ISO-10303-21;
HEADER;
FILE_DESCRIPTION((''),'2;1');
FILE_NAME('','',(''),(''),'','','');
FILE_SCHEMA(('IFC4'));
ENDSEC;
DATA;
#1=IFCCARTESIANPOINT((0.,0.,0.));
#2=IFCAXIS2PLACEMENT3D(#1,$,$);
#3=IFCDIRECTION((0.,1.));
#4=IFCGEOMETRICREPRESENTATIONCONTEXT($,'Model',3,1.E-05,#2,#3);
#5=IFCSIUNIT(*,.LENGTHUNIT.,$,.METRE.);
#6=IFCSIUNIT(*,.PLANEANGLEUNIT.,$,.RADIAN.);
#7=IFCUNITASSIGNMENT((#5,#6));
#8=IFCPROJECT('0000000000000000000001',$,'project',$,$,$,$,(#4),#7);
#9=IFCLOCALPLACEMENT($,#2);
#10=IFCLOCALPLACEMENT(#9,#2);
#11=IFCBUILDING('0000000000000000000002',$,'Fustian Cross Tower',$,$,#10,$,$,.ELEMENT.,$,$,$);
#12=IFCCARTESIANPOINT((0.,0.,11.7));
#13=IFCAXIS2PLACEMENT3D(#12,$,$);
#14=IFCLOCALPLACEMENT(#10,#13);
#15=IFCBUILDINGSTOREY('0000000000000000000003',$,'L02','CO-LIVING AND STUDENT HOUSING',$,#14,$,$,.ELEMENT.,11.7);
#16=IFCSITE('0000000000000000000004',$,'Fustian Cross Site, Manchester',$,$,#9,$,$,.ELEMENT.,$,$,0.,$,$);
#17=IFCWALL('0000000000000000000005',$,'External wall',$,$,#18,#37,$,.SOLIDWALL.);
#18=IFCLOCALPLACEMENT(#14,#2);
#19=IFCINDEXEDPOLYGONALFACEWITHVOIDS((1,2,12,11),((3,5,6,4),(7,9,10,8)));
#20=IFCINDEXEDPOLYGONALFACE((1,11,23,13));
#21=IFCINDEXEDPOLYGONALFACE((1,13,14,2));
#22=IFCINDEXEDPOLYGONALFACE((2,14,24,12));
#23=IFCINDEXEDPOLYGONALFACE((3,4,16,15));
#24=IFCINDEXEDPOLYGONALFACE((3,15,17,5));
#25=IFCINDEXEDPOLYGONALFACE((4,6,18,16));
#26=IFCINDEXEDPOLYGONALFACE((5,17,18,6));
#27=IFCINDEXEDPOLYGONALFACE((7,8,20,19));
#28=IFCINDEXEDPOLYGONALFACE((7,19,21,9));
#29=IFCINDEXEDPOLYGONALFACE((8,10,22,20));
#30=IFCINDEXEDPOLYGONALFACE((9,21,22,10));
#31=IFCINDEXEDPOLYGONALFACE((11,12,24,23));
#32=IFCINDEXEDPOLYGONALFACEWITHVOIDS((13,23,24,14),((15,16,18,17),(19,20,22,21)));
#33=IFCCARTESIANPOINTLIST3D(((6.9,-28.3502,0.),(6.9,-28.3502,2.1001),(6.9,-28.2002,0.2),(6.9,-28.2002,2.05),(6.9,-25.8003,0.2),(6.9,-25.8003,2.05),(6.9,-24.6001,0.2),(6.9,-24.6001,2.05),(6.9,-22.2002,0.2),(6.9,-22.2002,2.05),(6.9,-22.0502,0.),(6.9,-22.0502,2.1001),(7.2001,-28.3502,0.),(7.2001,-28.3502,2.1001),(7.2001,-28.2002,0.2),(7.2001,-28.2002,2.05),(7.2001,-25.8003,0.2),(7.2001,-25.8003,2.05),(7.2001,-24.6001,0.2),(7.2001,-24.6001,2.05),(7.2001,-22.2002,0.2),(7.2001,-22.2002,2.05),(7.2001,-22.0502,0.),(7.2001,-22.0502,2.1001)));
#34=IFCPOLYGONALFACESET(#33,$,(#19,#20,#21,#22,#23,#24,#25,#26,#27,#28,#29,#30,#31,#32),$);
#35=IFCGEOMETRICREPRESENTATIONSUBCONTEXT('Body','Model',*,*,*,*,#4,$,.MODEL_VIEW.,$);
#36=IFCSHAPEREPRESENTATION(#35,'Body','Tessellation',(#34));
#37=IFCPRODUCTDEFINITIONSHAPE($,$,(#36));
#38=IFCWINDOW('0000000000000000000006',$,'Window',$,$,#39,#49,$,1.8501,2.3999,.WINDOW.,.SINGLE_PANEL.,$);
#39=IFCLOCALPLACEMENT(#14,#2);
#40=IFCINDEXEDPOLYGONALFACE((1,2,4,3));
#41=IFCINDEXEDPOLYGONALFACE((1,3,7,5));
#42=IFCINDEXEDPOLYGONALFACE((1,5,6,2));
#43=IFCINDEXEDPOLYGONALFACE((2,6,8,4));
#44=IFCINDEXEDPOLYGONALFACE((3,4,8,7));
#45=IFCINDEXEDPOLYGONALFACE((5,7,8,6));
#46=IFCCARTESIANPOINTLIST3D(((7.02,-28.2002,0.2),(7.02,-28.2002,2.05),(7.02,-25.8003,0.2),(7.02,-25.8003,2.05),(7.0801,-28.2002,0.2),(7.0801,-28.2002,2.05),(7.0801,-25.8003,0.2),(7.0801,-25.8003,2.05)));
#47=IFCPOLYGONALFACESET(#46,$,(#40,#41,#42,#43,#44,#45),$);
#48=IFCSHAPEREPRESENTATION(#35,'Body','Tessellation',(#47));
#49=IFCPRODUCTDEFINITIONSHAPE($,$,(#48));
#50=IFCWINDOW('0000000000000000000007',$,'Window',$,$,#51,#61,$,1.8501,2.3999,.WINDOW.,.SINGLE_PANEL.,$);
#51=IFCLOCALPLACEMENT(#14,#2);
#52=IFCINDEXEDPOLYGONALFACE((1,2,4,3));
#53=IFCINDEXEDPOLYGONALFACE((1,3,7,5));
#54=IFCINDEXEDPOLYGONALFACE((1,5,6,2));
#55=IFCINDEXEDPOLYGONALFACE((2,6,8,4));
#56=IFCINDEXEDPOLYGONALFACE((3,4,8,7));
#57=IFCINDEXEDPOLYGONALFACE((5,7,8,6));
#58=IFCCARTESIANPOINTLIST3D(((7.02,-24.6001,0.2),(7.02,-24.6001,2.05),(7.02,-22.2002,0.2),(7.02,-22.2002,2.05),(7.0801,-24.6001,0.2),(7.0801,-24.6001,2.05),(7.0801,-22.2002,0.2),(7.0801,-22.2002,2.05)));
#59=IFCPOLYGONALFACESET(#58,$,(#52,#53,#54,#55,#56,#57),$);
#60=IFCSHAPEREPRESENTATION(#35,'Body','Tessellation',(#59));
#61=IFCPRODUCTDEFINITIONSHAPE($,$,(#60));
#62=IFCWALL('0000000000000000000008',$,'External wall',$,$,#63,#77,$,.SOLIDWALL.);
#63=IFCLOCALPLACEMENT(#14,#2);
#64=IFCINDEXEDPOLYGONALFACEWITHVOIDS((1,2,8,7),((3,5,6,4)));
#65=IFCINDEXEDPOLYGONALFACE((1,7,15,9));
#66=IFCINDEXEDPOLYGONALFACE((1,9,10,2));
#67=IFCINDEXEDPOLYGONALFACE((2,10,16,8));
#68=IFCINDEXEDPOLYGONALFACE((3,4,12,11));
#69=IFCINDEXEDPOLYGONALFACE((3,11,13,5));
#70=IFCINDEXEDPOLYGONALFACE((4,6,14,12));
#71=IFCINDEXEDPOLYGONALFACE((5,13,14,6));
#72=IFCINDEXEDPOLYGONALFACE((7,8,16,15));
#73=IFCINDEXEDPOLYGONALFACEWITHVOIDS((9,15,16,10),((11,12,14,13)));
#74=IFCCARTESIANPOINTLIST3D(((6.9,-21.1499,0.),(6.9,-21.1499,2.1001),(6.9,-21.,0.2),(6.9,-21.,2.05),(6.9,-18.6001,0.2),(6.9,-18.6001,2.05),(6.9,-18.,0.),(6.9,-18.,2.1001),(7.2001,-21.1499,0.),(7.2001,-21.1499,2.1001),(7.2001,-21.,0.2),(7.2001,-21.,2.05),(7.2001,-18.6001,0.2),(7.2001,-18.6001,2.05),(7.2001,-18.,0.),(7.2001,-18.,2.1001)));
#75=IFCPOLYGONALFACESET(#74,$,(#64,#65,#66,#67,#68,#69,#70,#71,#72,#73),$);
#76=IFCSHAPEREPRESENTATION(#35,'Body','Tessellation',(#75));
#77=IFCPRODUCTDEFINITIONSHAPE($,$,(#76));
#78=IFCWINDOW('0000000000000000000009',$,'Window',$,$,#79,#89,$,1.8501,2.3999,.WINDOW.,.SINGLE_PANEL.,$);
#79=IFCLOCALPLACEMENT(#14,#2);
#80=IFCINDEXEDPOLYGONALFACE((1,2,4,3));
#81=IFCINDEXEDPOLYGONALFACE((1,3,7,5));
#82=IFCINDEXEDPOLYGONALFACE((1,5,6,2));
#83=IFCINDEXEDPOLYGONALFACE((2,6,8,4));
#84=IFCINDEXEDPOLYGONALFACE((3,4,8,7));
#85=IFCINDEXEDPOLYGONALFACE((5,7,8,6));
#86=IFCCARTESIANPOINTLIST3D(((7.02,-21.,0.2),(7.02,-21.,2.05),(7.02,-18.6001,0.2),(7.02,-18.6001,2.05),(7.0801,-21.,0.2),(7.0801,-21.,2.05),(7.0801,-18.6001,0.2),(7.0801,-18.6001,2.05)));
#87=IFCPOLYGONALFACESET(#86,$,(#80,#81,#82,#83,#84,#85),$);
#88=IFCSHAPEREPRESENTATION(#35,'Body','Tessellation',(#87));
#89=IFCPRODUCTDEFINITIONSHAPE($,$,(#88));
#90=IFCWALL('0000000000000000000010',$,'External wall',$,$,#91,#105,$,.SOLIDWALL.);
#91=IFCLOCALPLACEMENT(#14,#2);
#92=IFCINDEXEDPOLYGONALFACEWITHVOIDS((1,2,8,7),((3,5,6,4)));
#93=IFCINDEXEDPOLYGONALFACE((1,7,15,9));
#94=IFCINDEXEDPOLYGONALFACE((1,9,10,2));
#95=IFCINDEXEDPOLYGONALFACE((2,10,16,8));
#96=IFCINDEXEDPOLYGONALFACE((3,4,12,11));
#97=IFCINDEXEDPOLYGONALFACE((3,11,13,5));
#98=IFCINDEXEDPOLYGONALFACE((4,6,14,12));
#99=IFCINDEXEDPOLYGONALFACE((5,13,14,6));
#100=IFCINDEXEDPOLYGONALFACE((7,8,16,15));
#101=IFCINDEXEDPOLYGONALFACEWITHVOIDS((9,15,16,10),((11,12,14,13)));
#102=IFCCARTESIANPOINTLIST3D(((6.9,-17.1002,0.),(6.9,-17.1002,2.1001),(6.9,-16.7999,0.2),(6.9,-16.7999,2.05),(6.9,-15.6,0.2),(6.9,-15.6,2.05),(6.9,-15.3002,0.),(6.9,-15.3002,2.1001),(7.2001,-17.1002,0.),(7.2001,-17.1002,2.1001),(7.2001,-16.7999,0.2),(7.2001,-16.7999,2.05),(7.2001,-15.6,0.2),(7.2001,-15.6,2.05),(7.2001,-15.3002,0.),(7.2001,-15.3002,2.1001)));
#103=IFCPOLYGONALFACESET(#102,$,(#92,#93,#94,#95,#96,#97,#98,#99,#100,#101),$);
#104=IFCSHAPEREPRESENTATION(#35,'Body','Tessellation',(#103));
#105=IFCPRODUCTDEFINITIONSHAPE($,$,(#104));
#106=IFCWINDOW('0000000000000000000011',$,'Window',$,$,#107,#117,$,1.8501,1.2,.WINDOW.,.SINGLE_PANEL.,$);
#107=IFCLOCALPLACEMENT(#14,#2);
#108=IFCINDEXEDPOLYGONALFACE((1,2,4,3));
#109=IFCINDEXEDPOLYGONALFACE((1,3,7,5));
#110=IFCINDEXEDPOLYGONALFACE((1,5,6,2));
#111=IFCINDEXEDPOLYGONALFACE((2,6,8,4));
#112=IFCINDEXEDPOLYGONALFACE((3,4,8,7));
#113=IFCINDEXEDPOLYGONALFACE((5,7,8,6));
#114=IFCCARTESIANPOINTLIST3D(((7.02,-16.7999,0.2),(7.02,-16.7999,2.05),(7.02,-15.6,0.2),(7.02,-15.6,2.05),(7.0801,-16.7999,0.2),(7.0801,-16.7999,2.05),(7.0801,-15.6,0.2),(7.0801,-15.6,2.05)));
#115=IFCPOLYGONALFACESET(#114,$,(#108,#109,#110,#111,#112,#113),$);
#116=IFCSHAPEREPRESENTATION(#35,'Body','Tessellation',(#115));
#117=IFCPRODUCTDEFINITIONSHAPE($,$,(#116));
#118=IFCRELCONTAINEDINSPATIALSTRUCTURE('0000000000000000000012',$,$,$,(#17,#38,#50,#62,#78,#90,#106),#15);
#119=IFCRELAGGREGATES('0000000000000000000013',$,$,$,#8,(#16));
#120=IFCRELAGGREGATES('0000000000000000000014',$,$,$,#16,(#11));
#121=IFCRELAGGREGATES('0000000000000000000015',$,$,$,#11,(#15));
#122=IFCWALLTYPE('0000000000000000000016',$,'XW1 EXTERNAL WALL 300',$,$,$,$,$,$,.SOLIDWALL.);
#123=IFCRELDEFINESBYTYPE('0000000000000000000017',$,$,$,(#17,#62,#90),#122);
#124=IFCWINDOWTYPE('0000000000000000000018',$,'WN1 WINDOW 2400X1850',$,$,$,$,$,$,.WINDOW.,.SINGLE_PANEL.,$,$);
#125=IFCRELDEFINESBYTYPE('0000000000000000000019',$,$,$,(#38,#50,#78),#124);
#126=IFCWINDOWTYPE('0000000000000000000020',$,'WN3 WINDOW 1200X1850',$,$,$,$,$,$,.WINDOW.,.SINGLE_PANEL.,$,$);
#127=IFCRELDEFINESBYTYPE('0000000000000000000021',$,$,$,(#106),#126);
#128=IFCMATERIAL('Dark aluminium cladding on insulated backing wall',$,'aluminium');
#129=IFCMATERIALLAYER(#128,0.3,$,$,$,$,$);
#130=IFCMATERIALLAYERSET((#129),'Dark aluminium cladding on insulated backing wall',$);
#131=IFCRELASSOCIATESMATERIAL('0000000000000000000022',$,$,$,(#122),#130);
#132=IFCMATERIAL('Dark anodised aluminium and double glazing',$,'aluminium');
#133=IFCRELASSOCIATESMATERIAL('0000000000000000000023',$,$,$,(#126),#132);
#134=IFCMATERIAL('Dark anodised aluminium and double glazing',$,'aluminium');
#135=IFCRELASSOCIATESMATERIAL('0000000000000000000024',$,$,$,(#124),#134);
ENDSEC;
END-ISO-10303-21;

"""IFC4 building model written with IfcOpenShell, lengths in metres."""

from ifc_helpers import new_model, si_unit, direction, frame, frame_2d, origin, place, context, subcontext, project, spatial, rectangle, extrude, material, layer, layer_set, type_object, element, fill, save


model = new_model("IFC4")

# Units and contexts
model_context = context("Model", 3, precision=1e-05, world=origin(), true_north=direction((0.0, 1.0)))
body_context = subcontext(model_context, "Body", "Model", "MODEL_VIEW")
ifc_project = project(units=[si_unit("LENGTHUNIT", "METRE"), si_unit("PLANEANGLEUNIT", "RADIAN")], contexts=[model_context])

# Site, building, storey
site_placement = place(None, origin())
site = spatial("IfcSite", under=ifc_project, at=site_placement, Name="Fustian Cross Site, Manchester", CompositionType="ELEMENT", RefElevation=0.0)
building_placement = place(site_placement, origin())
building = spatial("IfcBuilding", under=site, at=building_placement, Name="Fustian Cross Tower", CompositionType="ELEMENT")
storey_placement = place(building_placement, frame((0.0, 0.0, 11.7)))
storey = spatial("IfcBuildingStorey", under=building, at=storey_placement, Name="L02", Description="CO-LIVING AND STUDENT HOUSING", CompositionType="ELEMENT", Elevation=11.7)

# Shared definitions
ifc_material_1 = material(Name="Dark aluminium cladding on insulated backing wall", Category="aluminium")
ifc_layer_1 = layer(ifc_material_1, 0.3)
ifc_layer_set_1 = layer_set([ifc_layer_1], Name="Dark aluminium cladding on insulated backing wall")
wall_type_1 = type_object("IfcWallType", Name="XW1 EXTERNAL WALL 300", PredefinedType="SOLIDWALL", material=ifc_layer_set_1)
ifc_material_2 = material(Name="Dark anodised aluminium and double glazing", Category="aluminium")
window_type_1 = type_object("IfcWindowType", Name="WN3 WINDOW 1200X1850", PartitioningType="SINGLE_PANEL", PredefinedType="WINDOW", material=ifc_material_2)
ifc_material_3 = material(Name="Dark anodised aluminium and double glazing", Category="aluminium")
window_type_2 = type_object("IfcWindowType", Name="WN1 WINDOW 2400X1850", PartitioningType="SINGLE_PANEL", PredefinedType="WINDOW", material=ifc_material_3)

# Wall, openings, windows
wall_1_placement = place(storey_placement, frame((7.05, -28.3501, 0.0), z_axis=(0.0, 0.0, 1.0), x_axis=(0.0, 1.0, 0.0)))
wall_1 = element("IfcWall", 1, at=wall_1_placement, inside=storey, type_object=wall_type_1, Name="External wall", PredefinedType="SOLIDWALL", context=body_context, shape_type="SweptSolid", body=[
    extrude(rectangle(XDim=6.3, YDim=0.3, at=frame_2d((3.1499, 0.0))), origin(), (0.0, 0.0, 1.0), 2.1001),
])
opening_1_placement = place(wall_1_placement, frame((0.1499, 0.0, 0.2)))
opening_1 = element("IfcOpeningElement", 2, at=opening_1_placement, cuts=wall_1, PredefinedType="OPENING", context=body_context, shape_type="SweptSolid", body=[
    extrude(rectangle(XDim=2.3999, YDim=1.8501, at=frame_2d((1.2, 0.925))), frame((0.0, 0.1599, 0.0), z_axis=(0.0, -1.0, 0.0), x_axis=(1.0, 0.0, 0.0)), (0.0, 0.0, 1.0), 0.3201),
])
opening_2_placement = place(wall_1_placement, frame((3.75, 0.0, 0.2)))
opening_2 = element("IfcOpeningElement", 3, at=opening_2_placement, cuts=wall_1, PredefinedType="OPENING", context=body_context, shape_type="SweptSolid", body=[
    extrude(rectangle(XDim=2.3999, YDim=1.8501, at=frame_2d((1.2, 0.925))), frame((0.0, 0.1599, 0.0), z_axis=(0.0, -1.0, 0.0), x_axis=(1.0, 0.0, 0.0)), (0.0, 0.0, 1.0), 0.3201),
])
window_1_placement = place(opening_1_placement, origin())
window_1 = element("IfcWindow", 4, at=window_1_placement, inside=storey, type_object=window_type_2, Name="Window", OverallHeight=1.8501, OverallWidth=2.3999, PartitioningType="SINGLE_PANEL", PredefinedType="WINDOW", context=body_context, shape_type="SweptSolid", body=[
    extrude(rectangle(XDim=2.3999, YDim=1.8501, at=frame_2d((1.2, 0.925))), frame((0.0, 0.03, 0.0), z_axis=(0.0, -1.0, 0.0), x_axis=(1.0, 0.0, 0.0)), (0.0, 0.0, 1.0), 0.0601),
])
fill(opening_1, window_1)
window_2_placement = place(opening_2_placement, origin())
window_2 = element("IfcWindow", 5, at=window_2_placement, inside=storey, type_object=window_type_2, Name="Window", OverallHeight=1.8501, OverallWidth=2.3999, PartitioningType="SINGLE_PANEL", PredefinedType="WINDOW", context=body_context, shape_type="SweptSolid", body=[
    extrude(rectangle(XDim=2.3999, YDim=1.8501, at=frame_2d((1.2, 0.925))), frame((0.0, 0.03, 0.0), z_axis=(0.0, -1.0, 0.0), x_axis=(1.0, 0.0, 0.0)), (0.0, 0.0, 1.0), 0.0601),
])
fill(opening_2, window_2)

# Walls, openings, windows
wall_2_placement = place(storey_placement, frame((7.05, -21.1499, 0.0), z_axis=(0.0, 0.0, 1.0), x_axis=(0.0, 1.0, 0.0)))
wall_2 = element("IfcWall", 6, at=wall_2_placement, inside=storey, type_object=wall_type_1, Name="External wall", PredefinedType="SOLIDWALL", context=body_context, shape_type="SweptSolid", body=[
    extrude(rectangle(XDim=3.1499, YDim=0.3, at=frame_2d((1.575, 0.0))), origin(), (0.0, 0.0, 1.0), 2.1001),
])
opening_3_placement = place(wall_2_placement, frame((0.1499, 0.0, 0.2)))
opening_3 = element("IfcOpeningElement", 7, at=opening_3_placement, cuts=wall_2, PredefinedType="OPENING", context=body_context, shape_type="SweptSolid", body=[
    extrude(rectangle(XDim=2.3999, YDim=1.8501, at=frame_2d((1.2, 0.925))), frame((0.0, 0.1599, 0.0), z_axis=(0.0, -1.0, 0.0), x_axis=(1.0, 0.0, 0.0)), (0.0, 0.0, 1.0), 0.3201),
])
window_3_placement = place(opening_3_placement, origin())
window_3 = element("IfcWindow", 8, at=window_3_placement, inside=storey, type_object=window_type_2, Name="Window", OverallHeight=1.8501, OverallWidth=2.3999, PartitioningType="SINGLE_PANEL", PredefinedType="WINDOW", context=body_context, shape_type="SweptSolid", body=[
    extrude(rectangle(XDim=2.3999, YDim=1.8501, at=frame_2d((1.2, 0.925))), frame((0.0, 0.03, 0.0), z_axis=(0.0, -1.0, 0.0), x_axis=(1.0, 0.0, 0.0)), (0.0, 0.0, 1.0), 0.0601),
])
fill(opening_3, window_3)
wall_3_placement = place(storey_placement, frame((7.05, -17.1001, 0.0), z_axis=(0.0, 0.0, 1.0), x_axis=(0.0, 1.0, 0.0)))
wall_3 = element("IfcWall", 9, at=wall_3_placement, inside=storey, type_object=wall_type_1, Name="External wall", PredefinedType="SOLIDWALL", context=body_context, shape_type="SweptSolid", body=[
    extrude(rectangle(XDim=1.8, YDim=0.3, at=frame_2d((0.8999, 0.0))), origin(), (0.0, 0.0, 1.0), 2.1001),
])
opening_4_placement = place(wall_3_placement, frame((0.3, 0.0, 0.2)))
opening_4 = element("IfcOpeningElement", 10, at=opening_4_placement, cuts=wall_3, PredefinedType="OPENING", context=body_context, shape_type="SweptSolid", body=[
    extrude(rectangle(XDim=1.2, YDim=1.8501, at=frame_2d((0.6001, 0.925))), frame((0.0, 0.1599, 0.0), z_axis=(0.0, -1.0, 0.0), x_axis=(1.0, 0.0, 0.0)), (0.0, 0.0, 1.0), 0.3201),
])
window_4_placement = place(opening_4_placement, origin())
window_4 = element("IfcWindow", 11, at=window_4_placement, inside=storey, type_object=window_type_1, Name="Window", OverallHeight=1.8501, OverallWidth=1.2, PartitioningType="SINGLE_PANEL", PredefinedType="WINDOW", context=body_context, shape_type="SweptSolid", body=[
    extrude(rectangle(XDim=1.2, YDim=1.8501, at=frame_2d((0.6001, 0.925))), frame((0.0, 0.03, 0.0), z_axis=(0.0, -1.0, 0.0), x_axis=(1.0, 0.0, 0.0)), (0.0, 0.0, 1.0), 0.0601),
])
fill(opening_4, window_4)

save(model, "model.ifc")
